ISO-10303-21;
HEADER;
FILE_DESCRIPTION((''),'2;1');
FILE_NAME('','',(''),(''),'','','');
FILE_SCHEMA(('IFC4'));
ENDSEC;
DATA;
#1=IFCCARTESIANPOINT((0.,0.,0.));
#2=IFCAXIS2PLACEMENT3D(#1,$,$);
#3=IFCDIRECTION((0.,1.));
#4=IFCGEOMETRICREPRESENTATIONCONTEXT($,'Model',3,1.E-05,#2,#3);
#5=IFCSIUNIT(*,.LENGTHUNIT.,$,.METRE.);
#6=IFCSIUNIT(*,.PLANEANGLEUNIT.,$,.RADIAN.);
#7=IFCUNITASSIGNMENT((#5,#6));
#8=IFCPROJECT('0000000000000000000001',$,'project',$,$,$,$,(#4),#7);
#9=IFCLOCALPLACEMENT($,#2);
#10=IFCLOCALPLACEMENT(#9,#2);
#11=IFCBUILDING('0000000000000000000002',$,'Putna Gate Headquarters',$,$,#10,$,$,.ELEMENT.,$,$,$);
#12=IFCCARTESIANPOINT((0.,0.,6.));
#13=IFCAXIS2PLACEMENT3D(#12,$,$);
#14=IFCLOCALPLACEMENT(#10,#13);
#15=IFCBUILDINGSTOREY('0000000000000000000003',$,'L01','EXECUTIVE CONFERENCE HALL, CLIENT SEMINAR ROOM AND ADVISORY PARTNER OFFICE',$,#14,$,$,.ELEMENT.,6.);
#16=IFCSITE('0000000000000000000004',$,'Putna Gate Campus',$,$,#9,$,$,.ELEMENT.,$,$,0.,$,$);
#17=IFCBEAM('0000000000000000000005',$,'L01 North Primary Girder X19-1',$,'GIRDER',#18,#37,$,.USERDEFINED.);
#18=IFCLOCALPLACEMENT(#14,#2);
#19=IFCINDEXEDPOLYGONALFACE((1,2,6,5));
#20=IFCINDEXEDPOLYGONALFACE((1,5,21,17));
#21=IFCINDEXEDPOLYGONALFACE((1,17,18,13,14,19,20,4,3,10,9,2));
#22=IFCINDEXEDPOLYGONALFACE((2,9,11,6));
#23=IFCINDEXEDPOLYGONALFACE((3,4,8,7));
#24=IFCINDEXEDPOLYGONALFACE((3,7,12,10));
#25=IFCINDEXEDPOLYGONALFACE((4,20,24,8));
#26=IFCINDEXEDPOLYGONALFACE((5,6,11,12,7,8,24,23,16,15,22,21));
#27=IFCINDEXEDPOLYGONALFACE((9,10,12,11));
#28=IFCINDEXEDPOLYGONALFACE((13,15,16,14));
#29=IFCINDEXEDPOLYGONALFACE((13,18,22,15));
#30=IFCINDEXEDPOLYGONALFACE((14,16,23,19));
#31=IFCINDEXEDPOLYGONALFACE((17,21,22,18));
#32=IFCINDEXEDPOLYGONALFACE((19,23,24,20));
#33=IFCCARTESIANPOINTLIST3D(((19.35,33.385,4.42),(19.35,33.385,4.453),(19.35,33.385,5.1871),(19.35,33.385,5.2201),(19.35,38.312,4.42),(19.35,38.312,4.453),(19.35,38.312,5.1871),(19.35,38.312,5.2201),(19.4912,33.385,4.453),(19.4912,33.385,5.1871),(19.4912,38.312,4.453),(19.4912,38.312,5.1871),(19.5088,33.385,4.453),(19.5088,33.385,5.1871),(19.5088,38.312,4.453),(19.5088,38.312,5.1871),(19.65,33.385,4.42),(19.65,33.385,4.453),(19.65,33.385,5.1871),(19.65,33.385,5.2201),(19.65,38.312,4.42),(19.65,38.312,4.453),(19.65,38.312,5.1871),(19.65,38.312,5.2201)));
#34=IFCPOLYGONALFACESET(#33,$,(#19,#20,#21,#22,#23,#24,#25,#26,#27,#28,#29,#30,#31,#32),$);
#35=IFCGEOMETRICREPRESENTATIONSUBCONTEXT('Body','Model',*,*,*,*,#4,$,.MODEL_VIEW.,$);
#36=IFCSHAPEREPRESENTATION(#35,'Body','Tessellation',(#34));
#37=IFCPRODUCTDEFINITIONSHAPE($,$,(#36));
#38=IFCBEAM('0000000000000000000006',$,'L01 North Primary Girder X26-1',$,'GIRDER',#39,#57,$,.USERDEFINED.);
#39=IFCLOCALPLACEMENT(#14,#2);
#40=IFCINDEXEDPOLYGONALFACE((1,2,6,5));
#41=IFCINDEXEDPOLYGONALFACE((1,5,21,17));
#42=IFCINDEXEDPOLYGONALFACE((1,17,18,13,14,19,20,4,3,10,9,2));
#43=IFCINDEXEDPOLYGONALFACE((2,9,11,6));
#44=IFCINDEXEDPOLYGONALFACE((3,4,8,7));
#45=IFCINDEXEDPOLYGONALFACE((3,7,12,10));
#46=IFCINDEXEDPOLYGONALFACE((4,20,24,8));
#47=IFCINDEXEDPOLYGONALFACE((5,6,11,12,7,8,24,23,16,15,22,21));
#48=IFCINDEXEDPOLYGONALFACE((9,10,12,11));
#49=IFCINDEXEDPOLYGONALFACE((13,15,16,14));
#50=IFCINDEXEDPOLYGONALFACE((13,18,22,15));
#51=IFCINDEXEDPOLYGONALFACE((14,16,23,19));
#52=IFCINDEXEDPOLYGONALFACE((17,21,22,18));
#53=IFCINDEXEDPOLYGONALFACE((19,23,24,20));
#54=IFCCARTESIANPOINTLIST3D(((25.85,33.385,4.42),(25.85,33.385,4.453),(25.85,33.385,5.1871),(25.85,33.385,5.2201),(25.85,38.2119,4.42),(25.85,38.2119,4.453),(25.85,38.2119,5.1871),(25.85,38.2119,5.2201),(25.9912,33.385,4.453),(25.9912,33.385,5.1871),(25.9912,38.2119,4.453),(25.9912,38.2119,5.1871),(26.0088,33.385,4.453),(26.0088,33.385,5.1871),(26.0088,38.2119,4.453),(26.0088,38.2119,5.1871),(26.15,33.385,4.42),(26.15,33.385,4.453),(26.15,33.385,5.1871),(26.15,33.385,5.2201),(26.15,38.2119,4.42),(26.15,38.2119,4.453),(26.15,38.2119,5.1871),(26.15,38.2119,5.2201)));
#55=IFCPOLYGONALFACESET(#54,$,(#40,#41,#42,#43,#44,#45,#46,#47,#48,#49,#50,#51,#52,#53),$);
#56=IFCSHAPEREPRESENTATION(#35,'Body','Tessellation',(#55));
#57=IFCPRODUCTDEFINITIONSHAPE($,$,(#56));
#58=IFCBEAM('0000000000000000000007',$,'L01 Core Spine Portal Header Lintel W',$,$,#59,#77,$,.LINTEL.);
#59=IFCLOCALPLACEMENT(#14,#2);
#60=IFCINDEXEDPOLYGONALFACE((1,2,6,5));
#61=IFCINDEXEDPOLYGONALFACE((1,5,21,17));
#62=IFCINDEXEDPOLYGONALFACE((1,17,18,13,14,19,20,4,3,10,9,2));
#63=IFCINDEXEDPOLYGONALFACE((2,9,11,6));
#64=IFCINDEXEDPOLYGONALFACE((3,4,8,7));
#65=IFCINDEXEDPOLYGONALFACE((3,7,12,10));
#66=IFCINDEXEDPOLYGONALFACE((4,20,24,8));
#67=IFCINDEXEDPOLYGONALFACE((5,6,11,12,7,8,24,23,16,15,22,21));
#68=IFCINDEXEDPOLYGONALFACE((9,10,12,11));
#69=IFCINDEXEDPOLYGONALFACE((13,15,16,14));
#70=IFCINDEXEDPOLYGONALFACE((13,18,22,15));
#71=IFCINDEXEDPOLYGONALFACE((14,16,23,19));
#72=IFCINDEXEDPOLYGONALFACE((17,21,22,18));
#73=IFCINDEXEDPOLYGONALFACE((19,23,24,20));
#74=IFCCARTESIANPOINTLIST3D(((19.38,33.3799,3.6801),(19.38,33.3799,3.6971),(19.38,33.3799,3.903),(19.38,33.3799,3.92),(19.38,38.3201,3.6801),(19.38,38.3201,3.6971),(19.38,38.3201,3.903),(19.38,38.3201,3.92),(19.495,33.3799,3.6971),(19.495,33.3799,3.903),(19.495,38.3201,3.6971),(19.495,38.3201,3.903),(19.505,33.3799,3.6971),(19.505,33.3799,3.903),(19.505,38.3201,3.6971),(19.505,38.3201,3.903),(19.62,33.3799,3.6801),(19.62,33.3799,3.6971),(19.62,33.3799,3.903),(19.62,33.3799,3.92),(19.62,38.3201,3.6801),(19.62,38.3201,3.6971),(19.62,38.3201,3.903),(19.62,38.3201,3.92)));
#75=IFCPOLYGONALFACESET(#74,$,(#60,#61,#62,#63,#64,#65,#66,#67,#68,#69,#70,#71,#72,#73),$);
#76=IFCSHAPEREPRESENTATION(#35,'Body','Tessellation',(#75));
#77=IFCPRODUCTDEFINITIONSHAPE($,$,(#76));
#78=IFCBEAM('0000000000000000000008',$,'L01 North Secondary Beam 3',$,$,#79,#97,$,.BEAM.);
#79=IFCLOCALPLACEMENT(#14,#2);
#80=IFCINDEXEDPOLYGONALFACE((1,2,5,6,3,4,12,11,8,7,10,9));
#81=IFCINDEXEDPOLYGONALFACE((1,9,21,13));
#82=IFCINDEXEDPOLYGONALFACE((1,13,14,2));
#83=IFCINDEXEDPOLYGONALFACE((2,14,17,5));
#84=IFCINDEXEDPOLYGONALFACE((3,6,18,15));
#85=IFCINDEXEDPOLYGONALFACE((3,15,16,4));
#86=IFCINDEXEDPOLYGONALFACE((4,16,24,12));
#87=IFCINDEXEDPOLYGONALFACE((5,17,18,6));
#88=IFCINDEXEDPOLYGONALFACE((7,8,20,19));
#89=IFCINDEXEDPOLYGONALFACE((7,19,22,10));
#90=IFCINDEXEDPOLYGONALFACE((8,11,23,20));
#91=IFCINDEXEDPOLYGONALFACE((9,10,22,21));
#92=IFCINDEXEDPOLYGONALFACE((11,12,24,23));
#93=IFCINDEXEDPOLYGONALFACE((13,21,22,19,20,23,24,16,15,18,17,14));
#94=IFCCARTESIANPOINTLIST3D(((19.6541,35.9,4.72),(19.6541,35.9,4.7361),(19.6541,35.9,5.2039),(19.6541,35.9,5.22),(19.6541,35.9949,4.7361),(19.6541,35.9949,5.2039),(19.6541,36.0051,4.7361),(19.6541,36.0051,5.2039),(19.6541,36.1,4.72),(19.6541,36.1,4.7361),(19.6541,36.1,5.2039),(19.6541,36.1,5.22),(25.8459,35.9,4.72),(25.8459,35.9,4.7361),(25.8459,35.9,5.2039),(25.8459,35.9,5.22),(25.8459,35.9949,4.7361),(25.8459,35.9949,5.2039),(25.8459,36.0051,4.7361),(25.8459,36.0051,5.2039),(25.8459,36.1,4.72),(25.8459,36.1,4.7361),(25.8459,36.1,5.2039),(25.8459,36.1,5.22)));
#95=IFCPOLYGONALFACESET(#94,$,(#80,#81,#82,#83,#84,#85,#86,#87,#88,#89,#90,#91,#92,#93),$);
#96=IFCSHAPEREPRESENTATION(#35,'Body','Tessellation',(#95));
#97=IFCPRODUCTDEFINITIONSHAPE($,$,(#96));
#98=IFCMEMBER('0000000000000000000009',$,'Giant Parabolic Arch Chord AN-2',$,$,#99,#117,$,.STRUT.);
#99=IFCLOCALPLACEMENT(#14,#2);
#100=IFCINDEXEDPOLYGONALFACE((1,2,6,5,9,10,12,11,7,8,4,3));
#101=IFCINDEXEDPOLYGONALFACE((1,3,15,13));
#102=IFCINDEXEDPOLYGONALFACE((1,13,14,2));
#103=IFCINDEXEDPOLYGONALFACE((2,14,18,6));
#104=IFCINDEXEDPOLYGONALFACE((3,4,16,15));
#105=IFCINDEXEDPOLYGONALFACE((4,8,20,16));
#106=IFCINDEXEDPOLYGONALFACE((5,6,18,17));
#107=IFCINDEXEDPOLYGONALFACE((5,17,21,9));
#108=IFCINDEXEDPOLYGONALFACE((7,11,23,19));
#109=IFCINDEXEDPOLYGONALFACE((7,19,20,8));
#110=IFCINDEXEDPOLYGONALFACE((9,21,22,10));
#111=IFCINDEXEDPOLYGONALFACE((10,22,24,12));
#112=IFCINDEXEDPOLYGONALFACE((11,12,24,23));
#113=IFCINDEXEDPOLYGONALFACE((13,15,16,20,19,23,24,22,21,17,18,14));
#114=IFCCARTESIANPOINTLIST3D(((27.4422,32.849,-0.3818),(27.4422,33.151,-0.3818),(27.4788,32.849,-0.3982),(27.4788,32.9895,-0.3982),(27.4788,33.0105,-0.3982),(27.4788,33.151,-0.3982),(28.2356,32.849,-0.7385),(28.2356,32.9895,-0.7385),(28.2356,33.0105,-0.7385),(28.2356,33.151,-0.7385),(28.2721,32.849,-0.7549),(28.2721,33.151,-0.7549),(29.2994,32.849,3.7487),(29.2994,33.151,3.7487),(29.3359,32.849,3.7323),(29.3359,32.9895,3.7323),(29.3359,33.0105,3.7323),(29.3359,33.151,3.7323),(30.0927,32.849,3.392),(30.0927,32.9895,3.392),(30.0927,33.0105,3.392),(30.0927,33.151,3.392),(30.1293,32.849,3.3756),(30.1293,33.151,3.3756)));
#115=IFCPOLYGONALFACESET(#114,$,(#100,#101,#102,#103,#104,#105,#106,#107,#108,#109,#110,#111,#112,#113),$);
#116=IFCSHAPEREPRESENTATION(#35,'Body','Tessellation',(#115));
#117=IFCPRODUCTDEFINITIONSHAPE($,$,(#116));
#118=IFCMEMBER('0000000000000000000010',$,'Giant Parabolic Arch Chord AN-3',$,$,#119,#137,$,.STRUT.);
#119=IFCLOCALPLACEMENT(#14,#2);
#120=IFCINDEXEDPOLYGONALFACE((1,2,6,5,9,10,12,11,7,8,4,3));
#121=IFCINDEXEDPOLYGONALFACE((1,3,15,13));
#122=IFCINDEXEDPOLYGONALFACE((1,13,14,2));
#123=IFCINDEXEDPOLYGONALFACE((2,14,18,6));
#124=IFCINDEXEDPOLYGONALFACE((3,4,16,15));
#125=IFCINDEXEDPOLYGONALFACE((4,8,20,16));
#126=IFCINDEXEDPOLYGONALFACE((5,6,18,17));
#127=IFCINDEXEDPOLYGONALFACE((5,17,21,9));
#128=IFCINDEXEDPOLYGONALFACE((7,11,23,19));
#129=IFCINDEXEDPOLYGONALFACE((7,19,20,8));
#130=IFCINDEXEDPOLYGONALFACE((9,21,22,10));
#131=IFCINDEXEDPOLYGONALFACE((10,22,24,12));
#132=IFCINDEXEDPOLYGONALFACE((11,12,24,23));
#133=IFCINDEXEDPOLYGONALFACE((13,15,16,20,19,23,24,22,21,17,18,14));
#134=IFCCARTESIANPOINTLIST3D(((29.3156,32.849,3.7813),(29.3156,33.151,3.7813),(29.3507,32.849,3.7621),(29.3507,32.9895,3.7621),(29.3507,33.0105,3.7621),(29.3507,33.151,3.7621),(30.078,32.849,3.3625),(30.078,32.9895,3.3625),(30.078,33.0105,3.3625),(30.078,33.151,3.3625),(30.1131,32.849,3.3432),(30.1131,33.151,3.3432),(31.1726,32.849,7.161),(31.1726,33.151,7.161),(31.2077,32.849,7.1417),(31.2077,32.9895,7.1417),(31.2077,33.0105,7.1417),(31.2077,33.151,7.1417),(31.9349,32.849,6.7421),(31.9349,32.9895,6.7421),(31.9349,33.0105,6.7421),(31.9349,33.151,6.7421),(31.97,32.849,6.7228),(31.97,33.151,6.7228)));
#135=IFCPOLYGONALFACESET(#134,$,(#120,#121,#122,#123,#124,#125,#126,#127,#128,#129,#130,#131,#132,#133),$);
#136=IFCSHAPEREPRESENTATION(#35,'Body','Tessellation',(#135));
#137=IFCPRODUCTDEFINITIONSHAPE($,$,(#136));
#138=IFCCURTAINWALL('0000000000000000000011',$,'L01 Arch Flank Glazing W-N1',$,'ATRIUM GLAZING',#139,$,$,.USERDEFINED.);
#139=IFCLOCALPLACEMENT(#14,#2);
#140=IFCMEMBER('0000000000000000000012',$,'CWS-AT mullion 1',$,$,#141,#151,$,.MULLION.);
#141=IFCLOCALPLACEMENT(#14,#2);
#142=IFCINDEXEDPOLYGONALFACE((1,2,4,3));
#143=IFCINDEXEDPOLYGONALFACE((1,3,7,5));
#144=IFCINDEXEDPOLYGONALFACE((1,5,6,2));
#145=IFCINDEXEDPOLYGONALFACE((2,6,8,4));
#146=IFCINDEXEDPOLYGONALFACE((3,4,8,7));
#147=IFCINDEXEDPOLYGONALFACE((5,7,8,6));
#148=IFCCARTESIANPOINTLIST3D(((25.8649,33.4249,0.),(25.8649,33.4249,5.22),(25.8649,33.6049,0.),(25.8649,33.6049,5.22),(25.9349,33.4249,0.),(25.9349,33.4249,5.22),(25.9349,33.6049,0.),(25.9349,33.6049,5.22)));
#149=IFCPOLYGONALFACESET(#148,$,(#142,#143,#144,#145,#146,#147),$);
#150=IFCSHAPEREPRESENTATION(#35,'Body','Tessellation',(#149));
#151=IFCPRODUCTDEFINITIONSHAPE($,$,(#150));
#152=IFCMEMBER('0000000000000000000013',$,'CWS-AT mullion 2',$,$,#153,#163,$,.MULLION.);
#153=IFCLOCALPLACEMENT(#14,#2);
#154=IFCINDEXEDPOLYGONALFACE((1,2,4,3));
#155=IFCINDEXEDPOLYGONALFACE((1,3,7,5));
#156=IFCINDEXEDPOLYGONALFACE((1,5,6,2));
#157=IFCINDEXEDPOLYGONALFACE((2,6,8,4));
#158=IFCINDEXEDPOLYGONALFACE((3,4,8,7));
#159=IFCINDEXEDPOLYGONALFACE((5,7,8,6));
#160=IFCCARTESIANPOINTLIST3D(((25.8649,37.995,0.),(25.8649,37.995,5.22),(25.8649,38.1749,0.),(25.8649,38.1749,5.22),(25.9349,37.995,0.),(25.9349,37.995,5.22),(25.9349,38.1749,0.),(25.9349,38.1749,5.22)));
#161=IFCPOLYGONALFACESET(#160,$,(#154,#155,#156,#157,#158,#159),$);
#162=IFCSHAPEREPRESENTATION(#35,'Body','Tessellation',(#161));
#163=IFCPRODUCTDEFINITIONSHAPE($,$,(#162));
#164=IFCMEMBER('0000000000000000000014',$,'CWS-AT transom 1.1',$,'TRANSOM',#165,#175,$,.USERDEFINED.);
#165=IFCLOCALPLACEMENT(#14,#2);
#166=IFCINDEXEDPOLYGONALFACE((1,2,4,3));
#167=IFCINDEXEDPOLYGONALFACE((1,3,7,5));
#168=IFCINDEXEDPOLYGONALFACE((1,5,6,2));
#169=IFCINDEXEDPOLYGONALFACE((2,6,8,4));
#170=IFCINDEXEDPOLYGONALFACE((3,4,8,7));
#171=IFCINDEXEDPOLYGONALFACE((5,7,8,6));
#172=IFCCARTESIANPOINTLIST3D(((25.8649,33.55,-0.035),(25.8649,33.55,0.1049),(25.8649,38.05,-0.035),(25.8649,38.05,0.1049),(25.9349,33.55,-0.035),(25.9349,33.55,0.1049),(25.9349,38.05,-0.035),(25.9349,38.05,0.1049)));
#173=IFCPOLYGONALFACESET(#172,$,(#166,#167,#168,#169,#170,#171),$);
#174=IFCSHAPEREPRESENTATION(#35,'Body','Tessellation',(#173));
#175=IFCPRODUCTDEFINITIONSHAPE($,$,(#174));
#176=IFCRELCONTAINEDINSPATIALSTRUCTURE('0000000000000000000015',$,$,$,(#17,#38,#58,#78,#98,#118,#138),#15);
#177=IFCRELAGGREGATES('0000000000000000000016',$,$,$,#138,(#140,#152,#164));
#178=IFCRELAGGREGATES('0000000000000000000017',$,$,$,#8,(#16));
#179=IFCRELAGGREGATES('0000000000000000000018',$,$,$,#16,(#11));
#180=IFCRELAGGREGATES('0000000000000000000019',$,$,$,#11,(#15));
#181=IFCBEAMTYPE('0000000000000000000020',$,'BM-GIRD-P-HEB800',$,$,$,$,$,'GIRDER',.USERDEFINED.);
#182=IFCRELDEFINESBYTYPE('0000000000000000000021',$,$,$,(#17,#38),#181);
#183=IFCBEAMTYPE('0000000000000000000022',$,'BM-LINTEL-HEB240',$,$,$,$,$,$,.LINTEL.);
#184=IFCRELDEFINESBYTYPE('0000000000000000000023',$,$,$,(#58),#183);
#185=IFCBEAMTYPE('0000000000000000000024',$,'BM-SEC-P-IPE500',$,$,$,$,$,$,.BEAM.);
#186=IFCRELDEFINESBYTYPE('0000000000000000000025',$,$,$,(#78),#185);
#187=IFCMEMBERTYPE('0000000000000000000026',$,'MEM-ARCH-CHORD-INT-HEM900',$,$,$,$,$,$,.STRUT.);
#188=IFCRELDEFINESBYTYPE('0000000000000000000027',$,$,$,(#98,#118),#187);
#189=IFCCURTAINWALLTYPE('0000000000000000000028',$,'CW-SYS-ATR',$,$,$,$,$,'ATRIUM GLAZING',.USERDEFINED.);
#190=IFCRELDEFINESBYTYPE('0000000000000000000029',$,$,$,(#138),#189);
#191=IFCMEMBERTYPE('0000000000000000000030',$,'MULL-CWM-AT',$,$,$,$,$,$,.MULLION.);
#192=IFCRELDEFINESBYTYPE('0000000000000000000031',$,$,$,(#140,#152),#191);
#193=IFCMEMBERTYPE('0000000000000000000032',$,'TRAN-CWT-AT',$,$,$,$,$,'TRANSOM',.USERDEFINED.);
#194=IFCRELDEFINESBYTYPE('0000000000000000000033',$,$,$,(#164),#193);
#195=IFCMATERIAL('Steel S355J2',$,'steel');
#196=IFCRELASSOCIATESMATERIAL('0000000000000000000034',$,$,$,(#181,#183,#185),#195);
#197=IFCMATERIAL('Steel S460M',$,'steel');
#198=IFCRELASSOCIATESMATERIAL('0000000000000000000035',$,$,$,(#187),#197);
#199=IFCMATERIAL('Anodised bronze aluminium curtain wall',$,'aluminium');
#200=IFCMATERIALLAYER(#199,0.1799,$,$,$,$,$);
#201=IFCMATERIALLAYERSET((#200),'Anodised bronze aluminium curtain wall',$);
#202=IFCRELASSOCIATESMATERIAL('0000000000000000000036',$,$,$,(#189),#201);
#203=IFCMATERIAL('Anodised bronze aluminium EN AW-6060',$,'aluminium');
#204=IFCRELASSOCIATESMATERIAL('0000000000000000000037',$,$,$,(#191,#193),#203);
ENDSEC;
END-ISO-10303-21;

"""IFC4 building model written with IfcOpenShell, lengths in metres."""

from ifc_helpers import new_model, si_unit, direction, frame, origin, origin_2d, place, context, subcontext, project, spatial, rectangle, i_section, extrude, material, layer, layer_set, material_profile, profile_set, type_object, element, aggregate, save


model = new_model("IFC4")

# Units and contexts
model_context = context("Model", 3, precision=1e-05, world=origin(), true_north=direction((0.0, 1.0)))
body_context = subcontext(model_context, "Body", "Model", "MODEL_VIEW")
ifc_project = project(units=[si_unit("LENGTHUNIT", "METRE"), si_unit("PLANEANGLEUNIT", "RADIAN")], contexts=[model_context])

# Site, building, storey
site_placement = place(None, origin())
site = spatial("IfcSite", under=ifc_project, at=site_placement, Name="Putna Gate Campus", CompositionType="ELEMENT", RefElevation=0.0)
building_placement = place(site_placement, origin())
building = spatial("IfcBuilding", under=site, at=building_placement, Name="Putna Gate Headquarters", CompositionType="ELEMENT")
storey_placement = place(building_placement, frame((0.0, 0.0, 6.0)))
storey = spatial("IfcBuildingStorey", under=building, at=storey_placement, Name="L01", Description="EXECUTIVE CONFERENCE HALL, CLIENT SEMINAR ROOM AND ADVISORY PARTNER OFFICE", CompositionType="ELEMENT", Elevation=6.0)

# Beams
ifc_material_1 = material(Name="Steel S355J2", Category="steel")
ifc_material_profile_1 = material_profile(ifc_material_1, i_section(OverallWidth=0.3, OverallDepth=0.8, WebThickness=0.0176, FlangeThickness=0.033, at=origin_2d()), Name="Steel S355J2")
ifc_profile_set_1 = profile_set([ifc_material_profile_1], Name="Steel S355J2")
beam_type_1 = type_object("IfcBeamType", Name="BM-GIRD-P-HEB800", ElementType="GIRDER", PredefinedType="USERDEFINED", material=ifc_profile_set_1)
beam_1_placement = place(storey_placement, frame((19.5, 33.385, 4.8201), z_axis=(0.0, 1.0, 0.0), x_axis=(-1.0, 0.0, 0.0)))
element("IfcBeam", 1, at=beam_1_placement, inside=storey, type_object=beam_type_1, Name="L01 North Primary Girder X19-1", ObjectType="GIRDER", PredefinedType="USERDEFINED", context=body_context, shape_type="SweptSolid", body=[
    extrude(i_section(OverallWidth=0.3, OverallDepth=0.8, WebThickness=0.0176, FlangeThickness=0.033, at=origin_2d()), origin(), (0.0, 0.0, 1.0), 4.927),
])
beam_2_placement = place(storey_placement, frame((26.0, 33.385, 4.8201), z_axis=(0.0, 1.0, 0.0), x_axis=(-1.0, 0.0, 0.0)))
element("IfcBeam", 2, at=beam_2_placement, inside=storey, type_object=beam_type_1, Name="L01 North Primary Girder X26-1", ObjectType="GIRDER", PredefinedType="USERDEFINED", context=body_context, shape_type="SweptSolid", body=[
    extrude(i_section(OverallWidth=0.3, OverallDepth=0.8, WebThickness=0.0176, FlangeThickness=0.033, at=origin_2d()), origin(), (0.0, 0.0, 1.0), 4.8269),
])
ifc_material_profile_2 = material_profile(ifc_material_1, i_section(OverallWidth=0.24, OverallDepth=0.24, WebThickness=0.01, FlangeThickness=0.0171, at=origin_2d()), Name="Steel S355J2")
ifc_profile_set_2 = profile_set([ifc_material_profile_2], Name="Steel S355J2")
beam_type_2 = type_object("IfcBeamType", Name="BM-LINTEL-HEB240", PredefinedType="LINTEL", material=ifc_profile_set_2)
beam_3_placement = place(storey_placement, frame((19.5, 33.3799, 3.8), z_axis=(0.0, 1.0, 0.0), x_axis=(-1.0, 0.0, 0.0)))
element("IfcBeam", 3, at=beam_3_placement, inside=storey, type_object=beam_type_2, Name="L01 Core Spine Portal Header Lintel W", PredefinedType="LINTEL", context=body_context, shape_type="SweptSolid", body=[
    extrude(i_section(OverallWidth=0.24, OverallDepth=0.24, WebThickness=0.01, FlangeThickness=0.0171, at=origin_2d()), origin(), (0.0, 0.0, 1.0), 4.9402),
])
ifc_material_profile_3 = material_profile(ifc_material_1, i_section(OverallWidth=0.2, OverallDepth=0.5, WebThickness=0.0103, FlangeThickness=0.0161, at=origin_2d()), Name="Steel S355J2")
ifc_profile_set_3 = profile_set([ifc_material_profile_3], Name="Steel S355J2")
beam_type_3 = type_object("IfcBeamType", Name="BM-SEC-P-IPE500", PredefinedType="BEAM", material=ifc_profile_set_3)
beam_4_placement = place(storey_placement, frame((19.6541, 36.0, 4.97), z_axis=(1.0, 0.0, 0.0), x_axis=(0.0, 1.0, 0.0)))
element("IfcBeam", 4, at=beam_4_placement, inside=storey, type_object=beam_type_3, Name="L01 North Secondary Beam 3", PredefinedType="BEAM", context=body_context, shape_type="SweptSolid", body=[
    extrude(i_section(OverallWidth=0.2, OverallDepth=0.5, WebThickness=0.0103, FlangeThickness=0.0161, at=origin_2d()), origin(), (0.0, 0.0, 1.0), 6.1919),
])

# Members
ifc_material_2 = material(Name="Steel S460M", Category="steel")
ifc_material_profile_4 = material_profile(ifc_material_2, i_section(OverallWidth=0.302, OverallDepth=0.9099, WebThickness=0.021, FlangeThickness=0.04, at=origin_2d()), Name="Steel S460M")
ifc_profile_set_4 = profile_set([ifc_material_profile_4], Name="Steel S460M")
member_type_1 = type_object("IfcMemberType", Name="MEM-ARCH-CHORD-INT-HEM900", PredefinedType="STRUT", material=ifc_profile_set_4)
member_1_placement = place(storey_placement, frame((27.8572, 33.0, -0.5684), z_axis=(0.410071, 0.0, 0.912054), x_axis=(0.0, 1.0, 0.0)))
element("IfcMember", 5, at=member_1_placement, inside=storey, type_object=member_type_1, Name="Giant Parabolic Arch Chord AN-2", PredefinedType="STRUT", context=body_context, shape_type="SweptSolid", body=[
    extrude(i_section(OverallWidth=0.302, OverallDepth=0.9099, WebThickness=0.021, FlangeThickness=0.04, at=origin_2d()), origin(), (0.0, 0.0, 1.0), 4.5288),
])
member_2_placement = place(storey_placement, frame((29.7144, 33.0, 3.5623), z_axis=(0.481547, 0.0, 0.87642), x_axis=(0.0, 1.0, 0.0)))
element("IfcMember", 6, at=member_2_placement, inside=storey, type_object=member_type_1, Name="Giant Parabolic Arch Chord AN-3", PredefinedType="STRUT", context=body_context, shape_type="SweptSolid", body=[
    extrude(i_section(OverallWidth=0.302, OverallDepth=0.9099, WebThickness=0.021, FlangeThickness=0.04, at=origin_2d()), origin(), (0.0, 0.0, 1.0), 3.8562),
])

# Curtain wall, members
ifc_material_3 = material(Name="Anodised bronze aluminium curtain wall", Category="aluminium")
ifc_layer_1 = layer(ifc_material_3, 0.1799)
ifc_layer_set_1 = layer_set([ifc_layer_1], Name="Anodised bronze aluminium curtain wall")
curtain_wall_type = type_object("IfcCurtainWallType", Name="CW-SYS-ATR", ElementType="ATRIUM GLAZING", PredefinedType="USERDEFINED", material=ifc_layer_set_1)
curtain_wall_placement = place(storey_placement, origin())
curtain_wall = element("IfcCurtainWall", 7, at=curtain_wall_placement, inside=storey, type_object=curtain_wall_type, Name="L01 Arch Flank Glazing W-N1", ObjectType="ATRIUM GLAZING", PredefinedType="USERDEFINED")
ifc_material_4 = material(Name="Anodised bronze aluminium EN AW-6060", Category="aluminium")
ifc_material_profile_5 = material_profile(ifc_material_4, rectangle(XDim=0.0701, YDim=0.1799, at=origin_2d()), Name="Anodised bronze aluminium EN AW-6060")
ifc_profile_set_5 = profile_set([ifc_material_profile_5], Name="Anodised bronze aluminium EN AW-6060")
member_type_2 = type_object("IfcMemberType", Name="MULL-CWM-AT", PredefinedType="MULLION", material=ifc_profile_set_5)
member_3_placement = place(storey_placement, frame((25.8999, 33.5149, 0.0), z_axis=(0.0, 0.0, 1.0), x_axis=(-1.0, 0.0, 0.0)))
member_3 = element("IfcMember", 8, at=member_3_placement, type_object=member_type_2, Name="CWS-AT mullion 1", PredefinedType="MULLION", context=body_context, shape_type="SweptSolid", body=[
    extrude(rectangle(XDim=0.0701, YDim=0.1799, at=origin_2d()), origin(), (0.0, 0.0, 1.0), 5.22),
])
member_4_placement = place(storey_placement, frame((25.8999, 38.085, 0.0), z_axis=(0.0, 0.0, 1.0), x_axis=(-1.0, 0.0, 0.0)))
member_4 = element("IfcMember", 9, at=member_4_placement, type_object=member_type_2, Name="CWS-AT mullion 2", PredefinedType="MULLION", context=body_context, shape_type="SweptSolid", body=[
    extrude(rectangle(XDim=0.0701, YDim=0.1799, at=origin_2d()), origin(), (0.0, 0.0, 1.0), 5.22),
])
ifc_material_profile_6 = material_profile(ifc_material_4, rectangle(XDim=0.0701, YDim=0.1399, at=origin_2d()), Name="Anodised bronze aluminium EN AW-6060")
ifc_profile_set_6 = profile_set([ifc_material_profile_6], Name="Anodised bronze aluminium EN AW-6060")
member_type_3 = type_object("IfcMemberType", Name="TRAN-CWT-AT", ElementType="TRANSOM", PredefinedType="USERDEFINED", material=ifc_profile_set_6)
member_5_placement = place(storey_placement, frame((25.8999, 33.55, 0.0349), z_axis=(0.0, 1.0, 0.0), x_axis=(-1.0, 0.0, 0.0)))
member_5 = element("IfcMember", 10, at=member_5_placement, type_object=member_type_3, Name="CWS-AT transom 1.1", ObjectType="TRANSOM", PredefinedType="USERDEFINED", context=body_context, shape_type="SweptSolid", body=[
    extrude(rectangle(XDim=0.0701, YDim=0.1399, at=origin_2d()), origin(), (0.0, 0.0, 1.0), 4.5),
])
aggregate(curtain_wall, [member_3, member_4, member_5])

save(model, "model.ifc")
